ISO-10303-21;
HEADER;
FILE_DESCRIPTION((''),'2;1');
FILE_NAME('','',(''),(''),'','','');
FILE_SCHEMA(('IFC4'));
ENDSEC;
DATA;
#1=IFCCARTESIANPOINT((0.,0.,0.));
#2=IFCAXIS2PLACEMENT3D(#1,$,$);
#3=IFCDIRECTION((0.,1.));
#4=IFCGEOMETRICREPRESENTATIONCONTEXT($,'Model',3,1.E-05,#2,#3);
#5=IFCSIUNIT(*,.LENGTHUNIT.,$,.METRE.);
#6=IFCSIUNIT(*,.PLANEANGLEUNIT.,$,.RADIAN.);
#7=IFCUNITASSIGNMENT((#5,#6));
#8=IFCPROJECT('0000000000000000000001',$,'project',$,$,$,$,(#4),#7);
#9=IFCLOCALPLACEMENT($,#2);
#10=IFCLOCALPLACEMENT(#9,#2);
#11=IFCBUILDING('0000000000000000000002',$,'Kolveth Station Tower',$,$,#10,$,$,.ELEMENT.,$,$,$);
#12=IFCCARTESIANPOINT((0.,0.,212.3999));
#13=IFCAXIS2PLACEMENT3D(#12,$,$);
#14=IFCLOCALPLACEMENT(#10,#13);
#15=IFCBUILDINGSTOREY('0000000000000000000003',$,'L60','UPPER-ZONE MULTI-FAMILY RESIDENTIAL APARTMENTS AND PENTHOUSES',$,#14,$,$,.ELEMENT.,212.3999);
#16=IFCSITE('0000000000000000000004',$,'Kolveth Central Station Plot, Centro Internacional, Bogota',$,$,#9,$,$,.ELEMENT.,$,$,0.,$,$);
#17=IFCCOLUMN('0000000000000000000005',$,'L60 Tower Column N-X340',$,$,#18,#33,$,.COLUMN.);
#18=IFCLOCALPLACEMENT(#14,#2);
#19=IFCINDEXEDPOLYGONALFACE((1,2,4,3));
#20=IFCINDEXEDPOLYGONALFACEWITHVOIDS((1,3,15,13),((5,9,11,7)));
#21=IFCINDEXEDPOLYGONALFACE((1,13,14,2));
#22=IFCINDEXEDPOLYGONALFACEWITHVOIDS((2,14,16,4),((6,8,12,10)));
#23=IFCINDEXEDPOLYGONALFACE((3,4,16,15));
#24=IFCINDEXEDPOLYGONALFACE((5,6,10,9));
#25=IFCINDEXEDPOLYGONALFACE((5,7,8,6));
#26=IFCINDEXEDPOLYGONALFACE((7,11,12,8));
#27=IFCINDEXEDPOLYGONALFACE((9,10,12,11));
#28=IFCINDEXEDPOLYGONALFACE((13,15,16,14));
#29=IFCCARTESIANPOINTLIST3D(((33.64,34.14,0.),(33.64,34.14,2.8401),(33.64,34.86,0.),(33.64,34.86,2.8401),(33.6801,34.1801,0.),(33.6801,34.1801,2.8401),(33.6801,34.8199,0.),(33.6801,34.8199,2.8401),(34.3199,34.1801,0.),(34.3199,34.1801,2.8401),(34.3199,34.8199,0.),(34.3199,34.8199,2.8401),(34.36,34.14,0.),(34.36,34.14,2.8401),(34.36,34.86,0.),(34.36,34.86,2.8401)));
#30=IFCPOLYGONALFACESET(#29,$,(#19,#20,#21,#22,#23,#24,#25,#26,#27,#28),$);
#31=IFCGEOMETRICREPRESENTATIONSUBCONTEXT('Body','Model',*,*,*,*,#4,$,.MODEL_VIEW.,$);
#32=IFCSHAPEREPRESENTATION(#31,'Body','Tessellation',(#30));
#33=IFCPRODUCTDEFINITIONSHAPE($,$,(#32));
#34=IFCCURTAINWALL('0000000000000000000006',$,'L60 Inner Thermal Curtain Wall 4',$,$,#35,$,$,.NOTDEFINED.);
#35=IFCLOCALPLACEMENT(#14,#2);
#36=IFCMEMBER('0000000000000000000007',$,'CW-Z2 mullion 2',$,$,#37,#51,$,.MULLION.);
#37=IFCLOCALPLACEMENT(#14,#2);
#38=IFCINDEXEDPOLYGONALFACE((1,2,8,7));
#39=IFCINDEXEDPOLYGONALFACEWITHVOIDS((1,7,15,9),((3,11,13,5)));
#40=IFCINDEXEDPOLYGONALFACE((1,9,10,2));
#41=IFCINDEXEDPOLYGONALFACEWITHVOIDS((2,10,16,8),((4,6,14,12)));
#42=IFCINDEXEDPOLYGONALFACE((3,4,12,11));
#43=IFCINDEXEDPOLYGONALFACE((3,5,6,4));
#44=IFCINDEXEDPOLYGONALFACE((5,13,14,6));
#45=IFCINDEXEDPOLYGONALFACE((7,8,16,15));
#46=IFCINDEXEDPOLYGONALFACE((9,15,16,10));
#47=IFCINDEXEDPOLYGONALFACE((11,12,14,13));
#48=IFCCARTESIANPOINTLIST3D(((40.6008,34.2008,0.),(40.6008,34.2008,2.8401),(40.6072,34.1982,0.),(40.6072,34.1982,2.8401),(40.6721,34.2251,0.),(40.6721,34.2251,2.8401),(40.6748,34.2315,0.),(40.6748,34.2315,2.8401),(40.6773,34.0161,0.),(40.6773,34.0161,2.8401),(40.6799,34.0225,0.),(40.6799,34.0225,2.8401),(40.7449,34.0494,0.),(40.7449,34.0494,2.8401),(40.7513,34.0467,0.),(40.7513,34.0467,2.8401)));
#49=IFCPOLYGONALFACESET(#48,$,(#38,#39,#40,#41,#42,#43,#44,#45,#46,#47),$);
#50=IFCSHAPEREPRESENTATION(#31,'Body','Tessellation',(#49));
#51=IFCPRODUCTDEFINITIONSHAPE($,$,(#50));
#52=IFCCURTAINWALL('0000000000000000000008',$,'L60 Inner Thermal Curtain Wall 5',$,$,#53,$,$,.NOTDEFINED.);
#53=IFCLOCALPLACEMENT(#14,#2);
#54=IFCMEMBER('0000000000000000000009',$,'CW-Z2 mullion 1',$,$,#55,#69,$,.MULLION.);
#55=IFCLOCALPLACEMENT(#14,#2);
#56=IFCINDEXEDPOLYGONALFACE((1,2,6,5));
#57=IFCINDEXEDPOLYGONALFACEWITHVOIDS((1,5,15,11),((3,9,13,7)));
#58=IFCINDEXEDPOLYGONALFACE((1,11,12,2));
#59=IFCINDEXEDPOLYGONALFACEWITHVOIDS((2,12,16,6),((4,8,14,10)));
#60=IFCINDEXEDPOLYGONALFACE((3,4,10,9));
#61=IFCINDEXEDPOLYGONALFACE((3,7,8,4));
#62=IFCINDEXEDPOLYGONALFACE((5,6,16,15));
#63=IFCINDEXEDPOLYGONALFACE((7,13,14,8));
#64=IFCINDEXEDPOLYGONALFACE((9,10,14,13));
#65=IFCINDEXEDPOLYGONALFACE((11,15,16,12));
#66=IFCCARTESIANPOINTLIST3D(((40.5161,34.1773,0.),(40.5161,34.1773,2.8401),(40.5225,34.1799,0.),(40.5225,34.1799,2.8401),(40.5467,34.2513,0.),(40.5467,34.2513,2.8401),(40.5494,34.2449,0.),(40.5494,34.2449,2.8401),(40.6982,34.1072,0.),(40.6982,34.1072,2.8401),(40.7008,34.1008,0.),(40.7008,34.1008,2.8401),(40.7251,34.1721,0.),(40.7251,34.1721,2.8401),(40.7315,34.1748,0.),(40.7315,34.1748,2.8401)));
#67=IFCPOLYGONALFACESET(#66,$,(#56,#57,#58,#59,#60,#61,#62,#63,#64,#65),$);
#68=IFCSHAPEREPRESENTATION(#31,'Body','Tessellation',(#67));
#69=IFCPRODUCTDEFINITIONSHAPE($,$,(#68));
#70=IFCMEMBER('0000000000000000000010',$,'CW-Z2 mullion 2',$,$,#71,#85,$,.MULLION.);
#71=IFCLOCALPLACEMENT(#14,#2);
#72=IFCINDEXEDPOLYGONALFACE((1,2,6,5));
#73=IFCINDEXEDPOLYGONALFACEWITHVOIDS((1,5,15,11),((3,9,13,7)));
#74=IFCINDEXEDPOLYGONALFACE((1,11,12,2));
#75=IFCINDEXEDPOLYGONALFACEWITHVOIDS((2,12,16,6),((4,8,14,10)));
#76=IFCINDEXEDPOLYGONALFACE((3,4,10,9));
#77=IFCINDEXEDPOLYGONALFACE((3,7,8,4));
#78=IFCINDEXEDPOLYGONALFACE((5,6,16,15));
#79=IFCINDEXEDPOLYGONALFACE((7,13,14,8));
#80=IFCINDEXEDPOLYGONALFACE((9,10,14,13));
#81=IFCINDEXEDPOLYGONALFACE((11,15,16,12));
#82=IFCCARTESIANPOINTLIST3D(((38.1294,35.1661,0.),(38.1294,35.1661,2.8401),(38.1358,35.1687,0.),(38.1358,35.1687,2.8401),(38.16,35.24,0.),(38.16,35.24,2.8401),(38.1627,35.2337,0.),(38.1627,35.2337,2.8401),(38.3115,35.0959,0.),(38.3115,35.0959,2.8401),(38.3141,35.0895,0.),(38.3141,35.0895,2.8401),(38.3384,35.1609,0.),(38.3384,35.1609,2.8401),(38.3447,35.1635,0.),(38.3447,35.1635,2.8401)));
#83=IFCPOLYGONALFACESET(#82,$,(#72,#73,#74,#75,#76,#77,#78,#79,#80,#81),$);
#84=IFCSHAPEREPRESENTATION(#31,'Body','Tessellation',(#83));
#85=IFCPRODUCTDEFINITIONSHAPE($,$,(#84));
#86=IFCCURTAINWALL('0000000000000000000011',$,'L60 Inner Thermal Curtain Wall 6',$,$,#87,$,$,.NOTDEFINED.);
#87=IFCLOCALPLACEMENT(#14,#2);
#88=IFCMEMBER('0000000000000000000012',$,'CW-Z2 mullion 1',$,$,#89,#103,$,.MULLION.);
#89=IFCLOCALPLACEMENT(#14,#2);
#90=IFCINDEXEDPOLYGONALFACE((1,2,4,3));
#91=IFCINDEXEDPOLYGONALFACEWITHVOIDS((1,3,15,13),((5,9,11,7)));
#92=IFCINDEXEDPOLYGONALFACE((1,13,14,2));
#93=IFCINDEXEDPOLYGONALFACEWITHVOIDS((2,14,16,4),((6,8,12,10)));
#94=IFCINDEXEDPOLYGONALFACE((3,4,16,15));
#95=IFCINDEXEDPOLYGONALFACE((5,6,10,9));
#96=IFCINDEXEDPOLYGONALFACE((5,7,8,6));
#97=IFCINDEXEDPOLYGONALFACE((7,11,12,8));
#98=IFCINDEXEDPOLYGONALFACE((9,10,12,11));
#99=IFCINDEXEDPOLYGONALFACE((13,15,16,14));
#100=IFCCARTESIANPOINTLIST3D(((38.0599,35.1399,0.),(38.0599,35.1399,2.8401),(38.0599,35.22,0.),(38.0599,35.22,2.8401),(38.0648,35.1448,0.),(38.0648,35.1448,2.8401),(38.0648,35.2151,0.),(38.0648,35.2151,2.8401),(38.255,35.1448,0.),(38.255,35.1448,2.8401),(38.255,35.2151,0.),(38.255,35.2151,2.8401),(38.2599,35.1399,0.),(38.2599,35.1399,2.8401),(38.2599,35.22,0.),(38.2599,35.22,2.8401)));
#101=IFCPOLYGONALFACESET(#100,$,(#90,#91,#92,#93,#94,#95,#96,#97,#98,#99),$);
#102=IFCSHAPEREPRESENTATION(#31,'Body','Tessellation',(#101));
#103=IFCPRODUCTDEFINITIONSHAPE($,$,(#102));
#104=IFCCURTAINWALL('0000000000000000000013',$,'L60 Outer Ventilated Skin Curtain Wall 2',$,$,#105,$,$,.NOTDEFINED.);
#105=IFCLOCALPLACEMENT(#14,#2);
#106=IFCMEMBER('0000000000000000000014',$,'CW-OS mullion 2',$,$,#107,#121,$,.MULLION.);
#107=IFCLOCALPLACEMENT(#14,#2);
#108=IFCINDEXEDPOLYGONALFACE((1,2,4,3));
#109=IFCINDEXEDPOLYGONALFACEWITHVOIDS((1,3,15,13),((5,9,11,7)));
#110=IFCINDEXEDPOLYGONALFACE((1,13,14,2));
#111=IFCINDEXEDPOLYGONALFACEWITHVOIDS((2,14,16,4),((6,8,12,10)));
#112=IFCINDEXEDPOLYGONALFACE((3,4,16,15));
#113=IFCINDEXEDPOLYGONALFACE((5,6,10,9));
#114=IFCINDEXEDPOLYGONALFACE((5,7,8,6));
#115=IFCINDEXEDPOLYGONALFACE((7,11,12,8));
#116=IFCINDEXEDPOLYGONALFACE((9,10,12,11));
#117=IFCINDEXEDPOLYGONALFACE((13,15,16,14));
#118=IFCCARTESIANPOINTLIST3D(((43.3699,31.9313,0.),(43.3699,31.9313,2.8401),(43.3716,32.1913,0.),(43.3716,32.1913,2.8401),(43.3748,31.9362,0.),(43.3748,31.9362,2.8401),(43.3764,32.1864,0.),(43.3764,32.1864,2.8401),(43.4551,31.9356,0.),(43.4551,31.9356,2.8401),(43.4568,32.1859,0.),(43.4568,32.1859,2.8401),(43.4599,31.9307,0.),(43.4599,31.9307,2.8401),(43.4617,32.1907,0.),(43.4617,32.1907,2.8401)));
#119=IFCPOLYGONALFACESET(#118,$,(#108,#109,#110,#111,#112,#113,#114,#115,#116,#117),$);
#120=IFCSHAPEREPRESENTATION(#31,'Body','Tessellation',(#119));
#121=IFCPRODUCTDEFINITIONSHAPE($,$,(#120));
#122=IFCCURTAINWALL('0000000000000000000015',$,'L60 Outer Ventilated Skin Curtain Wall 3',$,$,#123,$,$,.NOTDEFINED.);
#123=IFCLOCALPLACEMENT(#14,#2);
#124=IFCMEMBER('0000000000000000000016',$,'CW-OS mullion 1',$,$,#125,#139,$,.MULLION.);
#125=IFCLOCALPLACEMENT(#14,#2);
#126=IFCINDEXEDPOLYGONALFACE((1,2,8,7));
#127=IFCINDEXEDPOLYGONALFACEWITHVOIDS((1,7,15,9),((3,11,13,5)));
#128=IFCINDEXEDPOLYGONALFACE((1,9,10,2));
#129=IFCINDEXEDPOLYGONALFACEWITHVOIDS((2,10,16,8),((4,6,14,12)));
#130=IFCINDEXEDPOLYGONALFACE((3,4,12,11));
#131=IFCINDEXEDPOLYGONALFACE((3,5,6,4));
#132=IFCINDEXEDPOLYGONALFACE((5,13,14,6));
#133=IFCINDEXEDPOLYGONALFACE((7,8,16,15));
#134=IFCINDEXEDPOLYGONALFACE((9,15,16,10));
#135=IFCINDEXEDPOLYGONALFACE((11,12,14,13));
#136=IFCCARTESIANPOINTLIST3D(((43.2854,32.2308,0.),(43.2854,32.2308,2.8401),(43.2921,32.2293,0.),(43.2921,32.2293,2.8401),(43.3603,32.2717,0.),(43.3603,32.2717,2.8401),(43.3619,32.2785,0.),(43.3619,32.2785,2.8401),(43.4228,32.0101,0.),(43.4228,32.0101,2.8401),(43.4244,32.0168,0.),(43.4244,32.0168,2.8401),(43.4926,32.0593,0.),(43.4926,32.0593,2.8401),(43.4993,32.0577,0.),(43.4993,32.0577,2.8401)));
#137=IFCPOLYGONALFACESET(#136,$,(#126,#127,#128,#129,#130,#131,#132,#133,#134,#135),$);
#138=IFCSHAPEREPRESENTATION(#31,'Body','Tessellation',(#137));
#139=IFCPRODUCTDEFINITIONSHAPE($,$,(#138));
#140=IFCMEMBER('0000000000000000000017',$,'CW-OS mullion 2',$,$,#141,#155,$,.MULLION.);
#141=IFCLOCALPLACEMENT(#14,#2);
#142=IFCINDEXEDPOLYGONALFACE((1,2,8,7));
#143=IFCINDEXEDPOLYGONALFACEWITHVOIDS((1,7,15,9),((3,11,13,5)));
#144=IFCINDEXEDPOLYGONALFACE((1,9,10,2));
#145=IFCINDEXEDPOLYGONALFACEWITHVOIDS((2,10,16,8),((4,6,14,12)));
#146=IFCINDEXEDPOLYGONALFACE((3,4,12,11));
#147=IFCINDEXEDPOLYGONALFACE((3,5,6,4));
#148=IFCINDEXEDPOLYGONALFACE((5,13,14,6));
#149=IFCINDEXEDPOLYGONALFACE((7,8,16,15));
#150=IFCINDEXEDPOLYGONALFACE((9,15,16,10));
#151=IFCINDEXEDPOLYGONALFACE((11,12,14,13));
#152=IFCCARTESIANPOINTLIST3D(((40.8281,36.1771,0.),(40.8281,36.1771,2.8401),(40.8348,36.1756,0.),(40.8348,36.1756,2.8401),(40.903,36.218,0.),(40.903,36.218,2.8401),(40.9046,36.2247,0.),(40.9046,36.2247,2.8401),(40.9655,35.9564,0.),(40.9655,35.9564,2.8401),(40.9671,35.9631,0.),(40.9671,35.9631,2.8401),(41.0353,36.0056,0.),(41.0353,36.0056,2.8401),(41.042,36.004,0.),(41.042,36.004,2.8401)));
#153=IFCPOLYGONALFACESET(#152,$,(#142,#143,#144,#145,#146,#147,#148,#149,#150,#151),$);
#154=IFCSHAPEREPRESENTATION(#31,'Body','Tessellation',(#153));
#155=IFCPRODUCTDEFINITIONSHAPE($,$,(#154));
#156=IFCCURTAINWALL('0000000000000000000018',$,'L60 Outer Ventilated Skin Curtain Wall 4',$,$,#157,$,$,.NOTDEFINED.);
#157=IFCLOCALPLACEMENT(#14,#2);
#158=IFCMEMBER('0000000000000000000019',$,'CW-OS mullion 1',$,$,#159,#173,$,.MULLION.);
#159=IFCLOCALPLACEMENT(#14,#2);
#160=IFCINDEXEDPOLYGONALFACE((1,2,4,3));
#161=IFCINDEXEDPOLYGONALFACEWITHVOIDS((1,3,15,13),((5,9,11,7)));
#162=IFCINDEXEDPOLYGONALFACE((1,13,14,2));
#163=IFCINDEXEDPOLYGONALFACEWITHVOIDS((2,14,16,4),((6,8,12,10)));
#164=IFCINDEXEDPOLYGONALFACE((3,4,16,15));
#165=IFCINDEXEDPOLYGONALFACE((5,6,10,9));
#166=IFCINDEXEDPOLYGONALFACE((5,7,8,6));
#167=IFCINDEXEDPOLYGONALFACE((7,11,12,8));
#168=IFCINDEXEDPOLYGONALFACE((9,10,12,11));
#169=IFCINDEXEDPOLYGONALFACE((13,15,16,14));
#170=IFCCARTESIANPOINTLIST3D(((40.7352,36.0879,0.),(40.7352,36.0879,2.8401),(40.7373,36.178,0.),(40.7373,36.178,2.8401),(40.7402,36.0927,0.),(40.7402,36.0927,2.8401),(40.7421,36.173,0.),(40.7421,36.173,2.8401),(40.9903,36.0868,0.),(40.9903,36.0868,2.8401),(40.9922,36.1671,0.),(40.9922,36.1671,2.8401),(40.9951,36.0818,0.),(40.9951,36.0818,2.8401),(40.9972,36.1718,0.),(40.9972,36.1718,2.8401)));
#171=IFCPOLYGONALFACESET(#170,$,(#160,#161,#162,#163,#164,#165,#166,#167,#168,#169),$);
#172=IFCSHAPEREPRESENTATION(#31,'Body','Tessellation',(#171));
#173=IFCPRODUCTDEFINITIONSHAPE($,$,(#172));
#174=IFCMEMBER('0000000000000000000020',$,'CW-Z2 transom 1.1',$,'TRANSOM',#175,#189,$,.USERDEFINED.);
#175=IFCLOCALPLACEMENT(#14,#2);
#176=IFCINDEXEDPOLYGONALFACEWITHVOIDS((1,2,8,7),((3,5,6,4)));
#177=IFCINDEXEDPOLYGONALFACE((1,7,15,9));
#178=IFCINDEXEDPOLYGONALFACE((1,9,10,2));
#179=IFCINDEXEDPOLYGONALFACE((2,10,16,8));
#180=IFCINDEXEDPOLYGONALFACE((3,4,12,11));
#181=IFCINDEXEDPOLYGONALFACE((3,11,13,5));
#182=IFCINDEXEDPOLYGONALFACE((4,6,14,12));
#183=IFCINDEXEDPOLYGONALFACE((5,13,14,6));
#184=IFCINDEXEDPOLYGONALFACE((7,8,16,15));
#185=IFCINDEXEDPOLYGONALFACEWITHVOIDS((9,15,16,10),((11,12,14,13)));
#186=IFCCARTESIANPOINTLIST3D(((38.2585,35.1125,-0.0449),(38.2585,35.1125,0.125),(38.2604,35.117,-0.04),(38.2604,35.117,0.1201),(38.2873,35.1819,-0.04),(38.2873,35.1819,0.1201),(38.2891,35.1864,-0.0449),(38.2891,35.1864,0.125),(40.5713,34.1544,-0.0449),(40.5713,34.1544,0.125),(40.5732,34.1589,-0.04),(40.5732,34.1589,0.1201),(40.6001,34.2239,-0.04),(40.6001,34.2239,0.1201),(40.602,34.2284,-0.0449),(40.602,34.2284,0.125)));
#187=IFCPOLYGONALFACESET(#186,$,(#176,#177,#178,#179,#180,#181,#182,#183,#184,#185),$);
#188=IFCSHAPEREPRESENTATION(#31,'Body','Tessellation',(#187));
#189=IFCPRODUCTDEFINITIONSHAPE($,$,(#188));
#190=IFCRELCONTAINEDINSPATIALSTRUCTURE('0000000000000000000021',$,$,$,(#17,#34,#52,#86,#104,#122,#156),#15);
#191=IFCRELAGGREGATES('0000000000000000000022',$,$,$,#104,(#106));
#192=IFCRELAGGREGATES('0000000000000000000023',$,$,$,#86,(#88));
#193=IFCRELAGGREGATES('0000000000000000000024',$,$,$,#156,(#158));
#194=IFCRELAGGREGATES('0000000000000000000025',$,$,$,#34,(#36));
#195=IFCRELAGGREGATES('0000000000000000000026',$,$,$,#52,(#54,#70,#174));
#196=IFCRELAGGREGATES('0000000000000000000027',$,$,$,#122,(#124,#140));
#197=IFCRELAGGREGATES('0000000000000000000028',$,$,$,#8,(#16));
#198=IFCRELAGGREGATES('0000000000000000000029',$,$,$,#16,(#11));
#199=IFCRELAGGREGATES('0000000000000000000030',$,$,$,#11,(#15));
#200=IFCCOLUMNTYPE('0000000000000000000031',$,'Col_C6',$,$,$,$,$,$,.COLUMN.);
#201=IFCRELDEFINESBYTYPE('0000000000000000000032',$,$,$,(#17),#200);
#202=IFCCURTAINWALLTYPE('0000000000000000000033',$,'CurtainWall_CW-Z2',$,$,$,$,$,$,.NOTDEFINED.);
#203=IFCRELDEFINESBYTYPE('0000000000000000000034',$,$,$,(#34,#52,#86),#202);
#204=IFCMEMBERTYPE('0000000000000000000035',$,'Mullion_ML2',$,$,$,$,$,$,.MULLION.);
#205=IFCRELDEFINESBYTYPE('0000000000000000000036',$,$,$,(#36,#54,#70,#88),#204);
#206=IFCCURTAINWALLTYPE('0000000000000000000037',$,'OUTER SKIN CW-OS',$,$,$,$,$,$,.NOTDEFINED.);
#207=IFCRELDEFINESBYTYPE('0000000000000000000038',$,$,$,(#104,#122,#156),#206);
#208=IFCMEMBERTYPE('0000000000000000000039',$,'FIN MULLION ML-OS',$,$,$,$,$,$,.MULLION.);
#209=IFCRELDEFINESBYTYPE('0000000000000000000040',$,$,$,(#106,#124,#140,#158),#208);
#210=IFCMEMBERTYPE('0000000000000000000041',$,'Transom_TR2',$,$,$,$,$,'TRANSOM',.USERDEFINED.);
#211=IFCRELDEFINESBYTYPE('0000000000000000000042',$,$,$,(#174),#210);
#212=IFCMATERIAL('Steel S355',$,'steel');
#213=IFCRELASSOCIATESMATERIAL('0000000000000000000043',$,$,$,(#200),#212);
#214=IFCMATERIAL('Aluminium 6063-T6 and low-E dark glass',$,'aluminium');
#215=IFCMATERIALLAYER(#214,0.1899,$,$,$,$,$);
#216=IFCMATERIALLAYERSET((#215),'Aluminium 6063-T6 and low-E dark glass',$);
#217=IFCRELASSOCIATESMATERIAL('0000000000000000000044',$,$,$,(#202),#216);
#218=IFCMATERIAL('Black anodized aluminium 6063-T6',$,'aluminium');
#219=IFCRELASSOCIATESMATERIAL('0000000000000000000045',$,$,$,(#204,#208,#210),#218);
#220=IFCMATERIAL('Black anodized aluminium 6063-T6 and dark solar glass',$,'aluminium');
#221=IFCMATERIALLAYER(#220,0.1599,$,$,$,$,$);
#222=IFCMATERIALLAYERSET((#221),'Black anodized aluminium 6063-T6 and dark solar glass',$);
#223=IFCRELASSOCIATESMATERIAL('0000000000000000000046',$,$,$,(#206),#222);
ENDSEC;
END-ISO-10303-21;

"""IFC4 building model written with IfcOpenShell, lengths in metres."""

from ifc_helpers import new_model, si_unit, direction, frame, origin, origin_2d, place, context, subcontext, project, spatial, hollow_rectangle, extrude, source, transform, mapped, material, layer, layer_set, material_profile, profile_set, type_object, element, aggregate, save


model = new_model("IFC4")

# Units and contexts
model_context = context("Model", 3, precision=1e-05, world=origin(), true_north=direction((0.0, 1.0)))
body_context = subcontext(model_context, "Body", "Model", "MODEL_VIEW")
ifc_project = project(units=[si_unit("LENGTHUNIT", "METRE"), si_unit("PLANEANGLEUNIT", "RADIAN")], contexts=[model_context])

# Site, building, storey
site_placement = place(None, origin())
site = spatial("IfcSite", under=ifc_project, at=site_placement, Name="Kolveth Central Station Plot, Centro Internacional, Bogota", CompositionType="ELEMENT", RefElevation=0.0)
building_placement = place(site_placement, origin())
building = spatial("IfcBuilding", under=site, at=building_placement, Name="Kolveth Station Tower", CompositionType="ELEMENT")
storey_placement = place(building_placement, frame((0.0, 0.0, 212.3999)))
storey = spatial("IfcBuildingStorey", under=building, at=storey_placement, Name="L60", Description="UPPER-ZONE MULTI-FAMILY RESIDENTIAL APARTMENTS AND PENTHOUSES", CompositionType="ELEMENT", Elevation=212.3999)

# Column
ifc_material_1 = material(Name="Steel S355", Category="steel")
ifc_material_profile_1 = material_profile(ifc_material_1, hollow_rectangle(XDim=0.72, YDim=0.72, WallThickness=0.04, at=origin_2d()), Name="BOX720x720x40")
ifc_profile_set_1 = profile_set([ifc_material_profile_1], Name="Steel S355")
column_type = type_object("IfcColumnType", Name="Col_C6", PredefinedType="COLUMN", material=ifc_profile_set_1)
shared_shape_1 = source(origin(), body_context, "Body", "SweptSolid", [
    extrude(hollow_rectangle(XDim=0.72, YDim=0.72, WallThickness=0.04, at=origin_2d()), origin(), (0.0, 0.0, 1.0), 2.8401),
])
column_placement = place(storey_placement, frame((34.0, 34.5, 0.0), z_axis=(0.0, 0.0, 1.0), x_axis=(1.0, 0.0, 0.0)))
element("IfcColumn", 1, at=column_placement, inside=storey, type_object=column_type, Name="L60 Tower Column N-X340", PredefinedType="COLUMN", context=body_context, shape_type="MappedRepresentation", body=[
    mapped(shared_shape_1, transform((0.0, 0.0, 0.0), x_axis=(1.0, 0.0, 0.0), y_axis=(0.0, 1.0, 0.0), z_axis=(0.0, 0.0, 1.0), scale=1.0)),
])

# Curtain wall, member
ifc_material_2 = material(Name="Aluminium 6063-T6 and low-E dark glass", Category="aluminium")
ifc_layer_1 = layer(ifc_material_2, 0.1899)
ifc_layer_set_1 = layer_set([ifc_layer_1], Name="Aluminium 6063-T6 and low-E dark glass")
curtain_wall_type_1 = type_object("IfcCurtainWallType", Name="CurtainWall_CW-Z2", PredefinedType="NOTDEFINED", material=ifc_layer_set_1)
curtain_wall_1_placement = place(storey_placement, origin())
curtain_wall_1 = element("IfcCurtainWall", 2, at=curtain_wall_1_placement, inside=storey, type_object=curtain_wall_type_1, Name="L60 Inner Thermal Curtain Wall 4", PredefinedType="NOTDEFINED")
ifc_material_3 = material(Name="Black anodized aluminium 6063-T6", Category="aluminium")
ifc_material_profile_2 = material_profile(ifc_material_3, hollow_rectangle(XDim=0.0801, YDim=0.2, WallThickness=0.0049, at=origin_2d()), Name="ALU-80x200x5")
ifc_profile_set_2 = profile_set([ifc_material_profile_2], Name="Black anodized aluminium 6063-T6")
member_type_1 = type_object("IfcMemberType", Name="Mullion_ML2", PredefinedType="MULLION", material=ifc_profile_set_2)
shared_shape_2 = source(origin(), body_context, "Body", "SweptSolid", [
    extrude(hollow_rectangle(XDim=0.0801, YDim=0.2, WallThickness=0.0049, at=origin_2d()), origin(), (0.0, 0.0, 1.0), 2.8401),
])
member_1_placement = place(storey_placement, frame((40.676, 34.1238, 0.0), z_axis=(0.0, 0.0, 1.0), x_axis=(-0.923874, -0.382698, 0.0)))
member_1 = element("IfcMember", 3, at=member_1_placement, type_object=member_type_1, Name="CW-Z2 mullion 2", PredefinedType="MULLION", context=body_context, shape_type="MappedRepresentation", body=[
    mapped(shared_shape_2, transform((0.0, 0.0, 0.0), x_axis=(1.0, 0.0, 0.0), y_axis=(0.0, 1.0, 0.0), z_axis=(0.0, 0.0, 1.0), scale=1.0)),
])

# Curtain wall, members
curtain_wall_2_placement = place(storey_placement, origin())
curtain_wall_2 = element("IfcCurtainWall", 4, at=curtain_wall_2_placement, inside=storey, type_object=curtain_wall_type_1, Name="L60 Inner Thermal Curtain Wall 5", PredefinedType="NOTDEFINED")
member_2_placement = place(storey_placement, frame((40.6238, 34.176, 0.0), z_axis=(0.0, 0.0, 1.0), x_axis=(-0.382698, -0.923874, 0.0)))
member_2 = element("IfcMember", 5, at=member_2_placement, type_object=member_type_1, Name="CW-Z2 mullion 1", PredefinedType="MULLION", context=body_context, shape_type="MappedRepresentation", body=[
    mapped(shared_shape_2, transform((0.0, 0.0, 0.0), x_axis=(1.0, 0.0, 0.0), y_axis=(0.0, 1.0, 0.0), z_axis=(0.0, 0.0, 1.0), scale=1.0)),
])
member_3_placement = place(storey_placement, frame((38.2371, 35.1648, 0.0), z_axis=(0.0, 0.0, 1.0), x_axis=(-0.382698, -0.923874, 0.0)))
member_3 = element("IfcMember", 6, at=member_3_placement, type_object=member_type_1, Name="CW-Z2 mullion 2", PredefinedType="MULLION", context=body_context, shape_type="MappedRepresentation", body=[
    mapped(shared_shape_2, transform((0.0, 0.0, 0.0), x_axis=(1.0, 0.0, 0.0), y_axis=(0.0, 1.0, 0.0), z_axis=(0.0, 0.0, 1.0), scale=1.0)),
])

# Curtain walls, members
curtain_wall_3_placement = place(storey_placement, origin())
curtain_wall_3 = element("IfcCurtainWall", 7, at=curtain_wall_3_placement, inside=storey, type_object=curtain_wall_type_1, Name="L60 Inner Thermal Curtain Wall 6", PredefinedType="NOTDEFINED")
member_4_placement = place(storey_placement, frame((38.1599, 35.1799, 0.0), z_axis=(0.0, 0.0, 1.0), x_axis=(0.0, -1.0, 0.0)))
member_4 = element("IfcMember", 8, at=member_4_placement, type_object=member_type_1, Name="CW-Z2 mullion 1", PredefinedType="MULLION", context=body_context, shape_type="MappedRepresentation", body=[
    mapped(shared_shape_2, transform((0.0, 0.0, 0.0), x_axis=(1.0, 0.0, 0.0), y_axis=(0.0, 1.0, 0.0), z_axis=(0.0, 0.0, 1.0), scale=1.0)),
])
ifc_material_4 = material(Name="Black anodized aluminium 6063-T6 and dark solar glass", Category="aluminium")
ifc_layer_2 = layer(ifc_material_4, 0.1599)
ifc_layer_set_2 = layer_set([ifc_layer_2], Name="Black anodized aluminium 6063-T6 and dark solar glass")
curtain_wall_type_2 = type_object("IfcCurtainWallType", Name="OUTER SKIN CW-OS", PredefinedType="NOTDEFINED", material=ifc_layer_set_2)
curtain_wall_4_placement = place(storey_placement, origin())
curtain_wall_4 = element("IfcCurtainWall", 9, at=curtain_wall_4_placement, inside=storey, type_object=curtain_wall_type_2, Name="L60 Outer Ventilated Skin Curtain Wall 2", PredefinedType="NOTDEFINED")
ifc_material_profile_3 = material_profile(ifc_material_3, hollow_rectangle(XDim=0.0901, YDim=0.26, WallThickness=0.0049, at=origin_2d()), Name="ALU-90x260x5")
ifc_profile_set_3 = profile_set([ifc_material_profile_3], Name="Black anodized aluminium 6063-T6")
member_type_2 = type_object("IfcMemberType", Name="FIN MULLION ML-OS", PredefinedType="MULLION", material=ifc_profile_set_3)
shared_shape_3 = source(origin(), body_context, "Body", "SweptSolid", [
    extrude(hollow_rectangle(XDim=0.0901, YDim=0.26, WallThickness=0.0049, at=origin_2d()), origin(), (0.0, 0.0, 1.0), 2.8401),
])
member_5_placement = place(storey_placement, frame((43.4158, 32.061, 0.0), z_axis=(0.0, 0.0, 1.0), x_axis=(-0.999978, 0.006655, 0.0)))
member_5 = element("IfcMember", 10, at=member_5_placement, type_object=member_type_2, Name="CW-OS mullion 2", PredefinedType="MULLION", context=body_context, shape_type="MappedRepresentation", body=[
    mapped(shared_shape_3, transform((0.0, 0.0, 0.0), x_axis=(1.0, 0.0, 0.0), y_axis=(0.0, 1.0, 0.0), z_axis=(0.0, 0.0, 1.0), scale=1.0)),
])
aggregate(curtain_wall_4, [member_5])

# Curtain wall, members
curtain_wall_5_placement = place(storey_placement, origin())
curtain_wall_5 = element("IfcCurtainWall", 11, at=curtain_wall_5_placement, inside=storey, type_object=curtain_wall_type_2, Name="L60 Outer Ventilated Skin Curtain Wall 3", PredefinedType="NOTDEFINED")
member_6_placement = place(storey_placement, frame((43.3923, 32.1443, 0.0), z_axis=(0.0, 0.0, 1.0), x_axis=(-0.848887, -0.528574, 0.0)))
member_6 = element("IfcMember", 12, at=member_6_placement, type_object=member_type_2, Name="CW-OS mullion 1", PredefinedType="MULLION", context=body_context, shape_type="MappedRepresentation", body=[
    mapped(shared_shape_3, transform((0.0, 0.0, 0.0), x_axis=(1.0, 0.0, 0.0), y_axis=(0.0, 1.0, 0.0), z_axis=(0.0, 0.0, 1.0), scale=1.0)),
])
member_7_placement = place(storey_placement, frame((40.9351, 36.0906, 0.0), z_axis=(0.0, 0.0, 1.0), x_axis=(-0.848887, -0.528574, 0.0)))
member_7 = element("IfcMember", 13, at=member_7_placement, type_object=member_type_2, Name="CW-OS mullion 2", PredefinedType="MULLION", context=body_context, shape_type="MappedRepresentation", body=[
    mapped(shared_shape_3, transform((0.0, 0.0, 0.0), x_axis=(1.0, 0.0, 0.0), y_axis=(0.0, 1.0, 0.0), z_axis=(0.0, 0.0, 1.0), scale=1.0)),
])

# Curtain wall, member
curtain_wall_6_placement = place(storey_placement, origin())
curtain_wall_6 = element("IfcCurtainWall", 14, at=curtain_wall_6_placement, inside=storey, type_object=curtain_wall_type_2, Name="L60 Outer Ventilated Skin Curtain Wall 4", PredefinedType="NOTDEFINED")
member_8_placement = place(storey_placement, frame((40.8662, 36.1299, 0.0), z_axis=(0.0, 0.0, 1.0), x_axis=(-0.023666, -0.99972, 0.0)))
member_8 = element("IfcMember", 15, at=member_8_placement, type_object=member_type_2, Name="CW-OS mullion 1", PredefinedType="MULLION", context=body_context, shape_type="MappedRepresentation", body=[
    mapped(shared_shape_3, transform((0.0, 0.0, 0.0), x_axis=(1.0, 0.0, 0.0), y_axis=(0.0, 1.0, 0.0), z_axis=(0.0, 0.0, 1.0), scale=1.0)),
])

# Member
ifc_material_profile_4 = material_profile(ifc_material_3, hollow_rectangle(XDim=0.0801, YDim=0.1699, WallThickness=0.0049, at=origin_2d()), Name="ALU-80x170x5")
ifc_profile_set_4 = profile_set([ifc_material_profile_4], Name="Black anodized aluminium 6063-T6")
member_type_3 = type_object("IfcMemberType", Name="Transom_TR2", ElementType="TRANSOM", PredefinedType="USERDEFINED", material=ifc_profile_set_4)
shared_shape_4 = source(origin(), body_context, "Body", "SweptSolid", [
    extrude(hollow_rectangle(XDim=0.0801, YDim=0.1699, WallThickness=0.0049, at=origin_2d()), origin(), (0.0, 0.0, 1.0), 2.5034),
])
member_9_placement = place(storey_placement, frame((40.5867, 34.1914, 0.04), z_axis=(-0.923874, 0.382696, 0.0), x_axis=(-0.382696, -0.923874, 0.0)))
member_9 = element("IfcMember", 16, at=member_9_placement, type_object=member_type_3, Name="CW-Z2 transom 1.1", ObjectType="TRANSOM", PredefinedType="USERDEFINED", context=body_context, shape_type="MappedRepresentation", body=[
    mapped(shared_shape_4, transform((0.0, 0.0, 0.0), x_axis=(1.0, 0.0, 0.0), y_axis=(0.0, 1.0, 0.0), z_axis=(0.0, 0.0, 1.0), scale=1.0)),
])
aggregate(curtain_wall_3, [member_4])
aggregate(curtain_wall_6, [member_8])

aggregate(curtain_wall_1, [member_1])
aggregate(curtain_wall_2, [member_2, member_3, member_9])
aggregate(curtain_wall_5, [member_6, member_7])

save(model, "model.ifc")
